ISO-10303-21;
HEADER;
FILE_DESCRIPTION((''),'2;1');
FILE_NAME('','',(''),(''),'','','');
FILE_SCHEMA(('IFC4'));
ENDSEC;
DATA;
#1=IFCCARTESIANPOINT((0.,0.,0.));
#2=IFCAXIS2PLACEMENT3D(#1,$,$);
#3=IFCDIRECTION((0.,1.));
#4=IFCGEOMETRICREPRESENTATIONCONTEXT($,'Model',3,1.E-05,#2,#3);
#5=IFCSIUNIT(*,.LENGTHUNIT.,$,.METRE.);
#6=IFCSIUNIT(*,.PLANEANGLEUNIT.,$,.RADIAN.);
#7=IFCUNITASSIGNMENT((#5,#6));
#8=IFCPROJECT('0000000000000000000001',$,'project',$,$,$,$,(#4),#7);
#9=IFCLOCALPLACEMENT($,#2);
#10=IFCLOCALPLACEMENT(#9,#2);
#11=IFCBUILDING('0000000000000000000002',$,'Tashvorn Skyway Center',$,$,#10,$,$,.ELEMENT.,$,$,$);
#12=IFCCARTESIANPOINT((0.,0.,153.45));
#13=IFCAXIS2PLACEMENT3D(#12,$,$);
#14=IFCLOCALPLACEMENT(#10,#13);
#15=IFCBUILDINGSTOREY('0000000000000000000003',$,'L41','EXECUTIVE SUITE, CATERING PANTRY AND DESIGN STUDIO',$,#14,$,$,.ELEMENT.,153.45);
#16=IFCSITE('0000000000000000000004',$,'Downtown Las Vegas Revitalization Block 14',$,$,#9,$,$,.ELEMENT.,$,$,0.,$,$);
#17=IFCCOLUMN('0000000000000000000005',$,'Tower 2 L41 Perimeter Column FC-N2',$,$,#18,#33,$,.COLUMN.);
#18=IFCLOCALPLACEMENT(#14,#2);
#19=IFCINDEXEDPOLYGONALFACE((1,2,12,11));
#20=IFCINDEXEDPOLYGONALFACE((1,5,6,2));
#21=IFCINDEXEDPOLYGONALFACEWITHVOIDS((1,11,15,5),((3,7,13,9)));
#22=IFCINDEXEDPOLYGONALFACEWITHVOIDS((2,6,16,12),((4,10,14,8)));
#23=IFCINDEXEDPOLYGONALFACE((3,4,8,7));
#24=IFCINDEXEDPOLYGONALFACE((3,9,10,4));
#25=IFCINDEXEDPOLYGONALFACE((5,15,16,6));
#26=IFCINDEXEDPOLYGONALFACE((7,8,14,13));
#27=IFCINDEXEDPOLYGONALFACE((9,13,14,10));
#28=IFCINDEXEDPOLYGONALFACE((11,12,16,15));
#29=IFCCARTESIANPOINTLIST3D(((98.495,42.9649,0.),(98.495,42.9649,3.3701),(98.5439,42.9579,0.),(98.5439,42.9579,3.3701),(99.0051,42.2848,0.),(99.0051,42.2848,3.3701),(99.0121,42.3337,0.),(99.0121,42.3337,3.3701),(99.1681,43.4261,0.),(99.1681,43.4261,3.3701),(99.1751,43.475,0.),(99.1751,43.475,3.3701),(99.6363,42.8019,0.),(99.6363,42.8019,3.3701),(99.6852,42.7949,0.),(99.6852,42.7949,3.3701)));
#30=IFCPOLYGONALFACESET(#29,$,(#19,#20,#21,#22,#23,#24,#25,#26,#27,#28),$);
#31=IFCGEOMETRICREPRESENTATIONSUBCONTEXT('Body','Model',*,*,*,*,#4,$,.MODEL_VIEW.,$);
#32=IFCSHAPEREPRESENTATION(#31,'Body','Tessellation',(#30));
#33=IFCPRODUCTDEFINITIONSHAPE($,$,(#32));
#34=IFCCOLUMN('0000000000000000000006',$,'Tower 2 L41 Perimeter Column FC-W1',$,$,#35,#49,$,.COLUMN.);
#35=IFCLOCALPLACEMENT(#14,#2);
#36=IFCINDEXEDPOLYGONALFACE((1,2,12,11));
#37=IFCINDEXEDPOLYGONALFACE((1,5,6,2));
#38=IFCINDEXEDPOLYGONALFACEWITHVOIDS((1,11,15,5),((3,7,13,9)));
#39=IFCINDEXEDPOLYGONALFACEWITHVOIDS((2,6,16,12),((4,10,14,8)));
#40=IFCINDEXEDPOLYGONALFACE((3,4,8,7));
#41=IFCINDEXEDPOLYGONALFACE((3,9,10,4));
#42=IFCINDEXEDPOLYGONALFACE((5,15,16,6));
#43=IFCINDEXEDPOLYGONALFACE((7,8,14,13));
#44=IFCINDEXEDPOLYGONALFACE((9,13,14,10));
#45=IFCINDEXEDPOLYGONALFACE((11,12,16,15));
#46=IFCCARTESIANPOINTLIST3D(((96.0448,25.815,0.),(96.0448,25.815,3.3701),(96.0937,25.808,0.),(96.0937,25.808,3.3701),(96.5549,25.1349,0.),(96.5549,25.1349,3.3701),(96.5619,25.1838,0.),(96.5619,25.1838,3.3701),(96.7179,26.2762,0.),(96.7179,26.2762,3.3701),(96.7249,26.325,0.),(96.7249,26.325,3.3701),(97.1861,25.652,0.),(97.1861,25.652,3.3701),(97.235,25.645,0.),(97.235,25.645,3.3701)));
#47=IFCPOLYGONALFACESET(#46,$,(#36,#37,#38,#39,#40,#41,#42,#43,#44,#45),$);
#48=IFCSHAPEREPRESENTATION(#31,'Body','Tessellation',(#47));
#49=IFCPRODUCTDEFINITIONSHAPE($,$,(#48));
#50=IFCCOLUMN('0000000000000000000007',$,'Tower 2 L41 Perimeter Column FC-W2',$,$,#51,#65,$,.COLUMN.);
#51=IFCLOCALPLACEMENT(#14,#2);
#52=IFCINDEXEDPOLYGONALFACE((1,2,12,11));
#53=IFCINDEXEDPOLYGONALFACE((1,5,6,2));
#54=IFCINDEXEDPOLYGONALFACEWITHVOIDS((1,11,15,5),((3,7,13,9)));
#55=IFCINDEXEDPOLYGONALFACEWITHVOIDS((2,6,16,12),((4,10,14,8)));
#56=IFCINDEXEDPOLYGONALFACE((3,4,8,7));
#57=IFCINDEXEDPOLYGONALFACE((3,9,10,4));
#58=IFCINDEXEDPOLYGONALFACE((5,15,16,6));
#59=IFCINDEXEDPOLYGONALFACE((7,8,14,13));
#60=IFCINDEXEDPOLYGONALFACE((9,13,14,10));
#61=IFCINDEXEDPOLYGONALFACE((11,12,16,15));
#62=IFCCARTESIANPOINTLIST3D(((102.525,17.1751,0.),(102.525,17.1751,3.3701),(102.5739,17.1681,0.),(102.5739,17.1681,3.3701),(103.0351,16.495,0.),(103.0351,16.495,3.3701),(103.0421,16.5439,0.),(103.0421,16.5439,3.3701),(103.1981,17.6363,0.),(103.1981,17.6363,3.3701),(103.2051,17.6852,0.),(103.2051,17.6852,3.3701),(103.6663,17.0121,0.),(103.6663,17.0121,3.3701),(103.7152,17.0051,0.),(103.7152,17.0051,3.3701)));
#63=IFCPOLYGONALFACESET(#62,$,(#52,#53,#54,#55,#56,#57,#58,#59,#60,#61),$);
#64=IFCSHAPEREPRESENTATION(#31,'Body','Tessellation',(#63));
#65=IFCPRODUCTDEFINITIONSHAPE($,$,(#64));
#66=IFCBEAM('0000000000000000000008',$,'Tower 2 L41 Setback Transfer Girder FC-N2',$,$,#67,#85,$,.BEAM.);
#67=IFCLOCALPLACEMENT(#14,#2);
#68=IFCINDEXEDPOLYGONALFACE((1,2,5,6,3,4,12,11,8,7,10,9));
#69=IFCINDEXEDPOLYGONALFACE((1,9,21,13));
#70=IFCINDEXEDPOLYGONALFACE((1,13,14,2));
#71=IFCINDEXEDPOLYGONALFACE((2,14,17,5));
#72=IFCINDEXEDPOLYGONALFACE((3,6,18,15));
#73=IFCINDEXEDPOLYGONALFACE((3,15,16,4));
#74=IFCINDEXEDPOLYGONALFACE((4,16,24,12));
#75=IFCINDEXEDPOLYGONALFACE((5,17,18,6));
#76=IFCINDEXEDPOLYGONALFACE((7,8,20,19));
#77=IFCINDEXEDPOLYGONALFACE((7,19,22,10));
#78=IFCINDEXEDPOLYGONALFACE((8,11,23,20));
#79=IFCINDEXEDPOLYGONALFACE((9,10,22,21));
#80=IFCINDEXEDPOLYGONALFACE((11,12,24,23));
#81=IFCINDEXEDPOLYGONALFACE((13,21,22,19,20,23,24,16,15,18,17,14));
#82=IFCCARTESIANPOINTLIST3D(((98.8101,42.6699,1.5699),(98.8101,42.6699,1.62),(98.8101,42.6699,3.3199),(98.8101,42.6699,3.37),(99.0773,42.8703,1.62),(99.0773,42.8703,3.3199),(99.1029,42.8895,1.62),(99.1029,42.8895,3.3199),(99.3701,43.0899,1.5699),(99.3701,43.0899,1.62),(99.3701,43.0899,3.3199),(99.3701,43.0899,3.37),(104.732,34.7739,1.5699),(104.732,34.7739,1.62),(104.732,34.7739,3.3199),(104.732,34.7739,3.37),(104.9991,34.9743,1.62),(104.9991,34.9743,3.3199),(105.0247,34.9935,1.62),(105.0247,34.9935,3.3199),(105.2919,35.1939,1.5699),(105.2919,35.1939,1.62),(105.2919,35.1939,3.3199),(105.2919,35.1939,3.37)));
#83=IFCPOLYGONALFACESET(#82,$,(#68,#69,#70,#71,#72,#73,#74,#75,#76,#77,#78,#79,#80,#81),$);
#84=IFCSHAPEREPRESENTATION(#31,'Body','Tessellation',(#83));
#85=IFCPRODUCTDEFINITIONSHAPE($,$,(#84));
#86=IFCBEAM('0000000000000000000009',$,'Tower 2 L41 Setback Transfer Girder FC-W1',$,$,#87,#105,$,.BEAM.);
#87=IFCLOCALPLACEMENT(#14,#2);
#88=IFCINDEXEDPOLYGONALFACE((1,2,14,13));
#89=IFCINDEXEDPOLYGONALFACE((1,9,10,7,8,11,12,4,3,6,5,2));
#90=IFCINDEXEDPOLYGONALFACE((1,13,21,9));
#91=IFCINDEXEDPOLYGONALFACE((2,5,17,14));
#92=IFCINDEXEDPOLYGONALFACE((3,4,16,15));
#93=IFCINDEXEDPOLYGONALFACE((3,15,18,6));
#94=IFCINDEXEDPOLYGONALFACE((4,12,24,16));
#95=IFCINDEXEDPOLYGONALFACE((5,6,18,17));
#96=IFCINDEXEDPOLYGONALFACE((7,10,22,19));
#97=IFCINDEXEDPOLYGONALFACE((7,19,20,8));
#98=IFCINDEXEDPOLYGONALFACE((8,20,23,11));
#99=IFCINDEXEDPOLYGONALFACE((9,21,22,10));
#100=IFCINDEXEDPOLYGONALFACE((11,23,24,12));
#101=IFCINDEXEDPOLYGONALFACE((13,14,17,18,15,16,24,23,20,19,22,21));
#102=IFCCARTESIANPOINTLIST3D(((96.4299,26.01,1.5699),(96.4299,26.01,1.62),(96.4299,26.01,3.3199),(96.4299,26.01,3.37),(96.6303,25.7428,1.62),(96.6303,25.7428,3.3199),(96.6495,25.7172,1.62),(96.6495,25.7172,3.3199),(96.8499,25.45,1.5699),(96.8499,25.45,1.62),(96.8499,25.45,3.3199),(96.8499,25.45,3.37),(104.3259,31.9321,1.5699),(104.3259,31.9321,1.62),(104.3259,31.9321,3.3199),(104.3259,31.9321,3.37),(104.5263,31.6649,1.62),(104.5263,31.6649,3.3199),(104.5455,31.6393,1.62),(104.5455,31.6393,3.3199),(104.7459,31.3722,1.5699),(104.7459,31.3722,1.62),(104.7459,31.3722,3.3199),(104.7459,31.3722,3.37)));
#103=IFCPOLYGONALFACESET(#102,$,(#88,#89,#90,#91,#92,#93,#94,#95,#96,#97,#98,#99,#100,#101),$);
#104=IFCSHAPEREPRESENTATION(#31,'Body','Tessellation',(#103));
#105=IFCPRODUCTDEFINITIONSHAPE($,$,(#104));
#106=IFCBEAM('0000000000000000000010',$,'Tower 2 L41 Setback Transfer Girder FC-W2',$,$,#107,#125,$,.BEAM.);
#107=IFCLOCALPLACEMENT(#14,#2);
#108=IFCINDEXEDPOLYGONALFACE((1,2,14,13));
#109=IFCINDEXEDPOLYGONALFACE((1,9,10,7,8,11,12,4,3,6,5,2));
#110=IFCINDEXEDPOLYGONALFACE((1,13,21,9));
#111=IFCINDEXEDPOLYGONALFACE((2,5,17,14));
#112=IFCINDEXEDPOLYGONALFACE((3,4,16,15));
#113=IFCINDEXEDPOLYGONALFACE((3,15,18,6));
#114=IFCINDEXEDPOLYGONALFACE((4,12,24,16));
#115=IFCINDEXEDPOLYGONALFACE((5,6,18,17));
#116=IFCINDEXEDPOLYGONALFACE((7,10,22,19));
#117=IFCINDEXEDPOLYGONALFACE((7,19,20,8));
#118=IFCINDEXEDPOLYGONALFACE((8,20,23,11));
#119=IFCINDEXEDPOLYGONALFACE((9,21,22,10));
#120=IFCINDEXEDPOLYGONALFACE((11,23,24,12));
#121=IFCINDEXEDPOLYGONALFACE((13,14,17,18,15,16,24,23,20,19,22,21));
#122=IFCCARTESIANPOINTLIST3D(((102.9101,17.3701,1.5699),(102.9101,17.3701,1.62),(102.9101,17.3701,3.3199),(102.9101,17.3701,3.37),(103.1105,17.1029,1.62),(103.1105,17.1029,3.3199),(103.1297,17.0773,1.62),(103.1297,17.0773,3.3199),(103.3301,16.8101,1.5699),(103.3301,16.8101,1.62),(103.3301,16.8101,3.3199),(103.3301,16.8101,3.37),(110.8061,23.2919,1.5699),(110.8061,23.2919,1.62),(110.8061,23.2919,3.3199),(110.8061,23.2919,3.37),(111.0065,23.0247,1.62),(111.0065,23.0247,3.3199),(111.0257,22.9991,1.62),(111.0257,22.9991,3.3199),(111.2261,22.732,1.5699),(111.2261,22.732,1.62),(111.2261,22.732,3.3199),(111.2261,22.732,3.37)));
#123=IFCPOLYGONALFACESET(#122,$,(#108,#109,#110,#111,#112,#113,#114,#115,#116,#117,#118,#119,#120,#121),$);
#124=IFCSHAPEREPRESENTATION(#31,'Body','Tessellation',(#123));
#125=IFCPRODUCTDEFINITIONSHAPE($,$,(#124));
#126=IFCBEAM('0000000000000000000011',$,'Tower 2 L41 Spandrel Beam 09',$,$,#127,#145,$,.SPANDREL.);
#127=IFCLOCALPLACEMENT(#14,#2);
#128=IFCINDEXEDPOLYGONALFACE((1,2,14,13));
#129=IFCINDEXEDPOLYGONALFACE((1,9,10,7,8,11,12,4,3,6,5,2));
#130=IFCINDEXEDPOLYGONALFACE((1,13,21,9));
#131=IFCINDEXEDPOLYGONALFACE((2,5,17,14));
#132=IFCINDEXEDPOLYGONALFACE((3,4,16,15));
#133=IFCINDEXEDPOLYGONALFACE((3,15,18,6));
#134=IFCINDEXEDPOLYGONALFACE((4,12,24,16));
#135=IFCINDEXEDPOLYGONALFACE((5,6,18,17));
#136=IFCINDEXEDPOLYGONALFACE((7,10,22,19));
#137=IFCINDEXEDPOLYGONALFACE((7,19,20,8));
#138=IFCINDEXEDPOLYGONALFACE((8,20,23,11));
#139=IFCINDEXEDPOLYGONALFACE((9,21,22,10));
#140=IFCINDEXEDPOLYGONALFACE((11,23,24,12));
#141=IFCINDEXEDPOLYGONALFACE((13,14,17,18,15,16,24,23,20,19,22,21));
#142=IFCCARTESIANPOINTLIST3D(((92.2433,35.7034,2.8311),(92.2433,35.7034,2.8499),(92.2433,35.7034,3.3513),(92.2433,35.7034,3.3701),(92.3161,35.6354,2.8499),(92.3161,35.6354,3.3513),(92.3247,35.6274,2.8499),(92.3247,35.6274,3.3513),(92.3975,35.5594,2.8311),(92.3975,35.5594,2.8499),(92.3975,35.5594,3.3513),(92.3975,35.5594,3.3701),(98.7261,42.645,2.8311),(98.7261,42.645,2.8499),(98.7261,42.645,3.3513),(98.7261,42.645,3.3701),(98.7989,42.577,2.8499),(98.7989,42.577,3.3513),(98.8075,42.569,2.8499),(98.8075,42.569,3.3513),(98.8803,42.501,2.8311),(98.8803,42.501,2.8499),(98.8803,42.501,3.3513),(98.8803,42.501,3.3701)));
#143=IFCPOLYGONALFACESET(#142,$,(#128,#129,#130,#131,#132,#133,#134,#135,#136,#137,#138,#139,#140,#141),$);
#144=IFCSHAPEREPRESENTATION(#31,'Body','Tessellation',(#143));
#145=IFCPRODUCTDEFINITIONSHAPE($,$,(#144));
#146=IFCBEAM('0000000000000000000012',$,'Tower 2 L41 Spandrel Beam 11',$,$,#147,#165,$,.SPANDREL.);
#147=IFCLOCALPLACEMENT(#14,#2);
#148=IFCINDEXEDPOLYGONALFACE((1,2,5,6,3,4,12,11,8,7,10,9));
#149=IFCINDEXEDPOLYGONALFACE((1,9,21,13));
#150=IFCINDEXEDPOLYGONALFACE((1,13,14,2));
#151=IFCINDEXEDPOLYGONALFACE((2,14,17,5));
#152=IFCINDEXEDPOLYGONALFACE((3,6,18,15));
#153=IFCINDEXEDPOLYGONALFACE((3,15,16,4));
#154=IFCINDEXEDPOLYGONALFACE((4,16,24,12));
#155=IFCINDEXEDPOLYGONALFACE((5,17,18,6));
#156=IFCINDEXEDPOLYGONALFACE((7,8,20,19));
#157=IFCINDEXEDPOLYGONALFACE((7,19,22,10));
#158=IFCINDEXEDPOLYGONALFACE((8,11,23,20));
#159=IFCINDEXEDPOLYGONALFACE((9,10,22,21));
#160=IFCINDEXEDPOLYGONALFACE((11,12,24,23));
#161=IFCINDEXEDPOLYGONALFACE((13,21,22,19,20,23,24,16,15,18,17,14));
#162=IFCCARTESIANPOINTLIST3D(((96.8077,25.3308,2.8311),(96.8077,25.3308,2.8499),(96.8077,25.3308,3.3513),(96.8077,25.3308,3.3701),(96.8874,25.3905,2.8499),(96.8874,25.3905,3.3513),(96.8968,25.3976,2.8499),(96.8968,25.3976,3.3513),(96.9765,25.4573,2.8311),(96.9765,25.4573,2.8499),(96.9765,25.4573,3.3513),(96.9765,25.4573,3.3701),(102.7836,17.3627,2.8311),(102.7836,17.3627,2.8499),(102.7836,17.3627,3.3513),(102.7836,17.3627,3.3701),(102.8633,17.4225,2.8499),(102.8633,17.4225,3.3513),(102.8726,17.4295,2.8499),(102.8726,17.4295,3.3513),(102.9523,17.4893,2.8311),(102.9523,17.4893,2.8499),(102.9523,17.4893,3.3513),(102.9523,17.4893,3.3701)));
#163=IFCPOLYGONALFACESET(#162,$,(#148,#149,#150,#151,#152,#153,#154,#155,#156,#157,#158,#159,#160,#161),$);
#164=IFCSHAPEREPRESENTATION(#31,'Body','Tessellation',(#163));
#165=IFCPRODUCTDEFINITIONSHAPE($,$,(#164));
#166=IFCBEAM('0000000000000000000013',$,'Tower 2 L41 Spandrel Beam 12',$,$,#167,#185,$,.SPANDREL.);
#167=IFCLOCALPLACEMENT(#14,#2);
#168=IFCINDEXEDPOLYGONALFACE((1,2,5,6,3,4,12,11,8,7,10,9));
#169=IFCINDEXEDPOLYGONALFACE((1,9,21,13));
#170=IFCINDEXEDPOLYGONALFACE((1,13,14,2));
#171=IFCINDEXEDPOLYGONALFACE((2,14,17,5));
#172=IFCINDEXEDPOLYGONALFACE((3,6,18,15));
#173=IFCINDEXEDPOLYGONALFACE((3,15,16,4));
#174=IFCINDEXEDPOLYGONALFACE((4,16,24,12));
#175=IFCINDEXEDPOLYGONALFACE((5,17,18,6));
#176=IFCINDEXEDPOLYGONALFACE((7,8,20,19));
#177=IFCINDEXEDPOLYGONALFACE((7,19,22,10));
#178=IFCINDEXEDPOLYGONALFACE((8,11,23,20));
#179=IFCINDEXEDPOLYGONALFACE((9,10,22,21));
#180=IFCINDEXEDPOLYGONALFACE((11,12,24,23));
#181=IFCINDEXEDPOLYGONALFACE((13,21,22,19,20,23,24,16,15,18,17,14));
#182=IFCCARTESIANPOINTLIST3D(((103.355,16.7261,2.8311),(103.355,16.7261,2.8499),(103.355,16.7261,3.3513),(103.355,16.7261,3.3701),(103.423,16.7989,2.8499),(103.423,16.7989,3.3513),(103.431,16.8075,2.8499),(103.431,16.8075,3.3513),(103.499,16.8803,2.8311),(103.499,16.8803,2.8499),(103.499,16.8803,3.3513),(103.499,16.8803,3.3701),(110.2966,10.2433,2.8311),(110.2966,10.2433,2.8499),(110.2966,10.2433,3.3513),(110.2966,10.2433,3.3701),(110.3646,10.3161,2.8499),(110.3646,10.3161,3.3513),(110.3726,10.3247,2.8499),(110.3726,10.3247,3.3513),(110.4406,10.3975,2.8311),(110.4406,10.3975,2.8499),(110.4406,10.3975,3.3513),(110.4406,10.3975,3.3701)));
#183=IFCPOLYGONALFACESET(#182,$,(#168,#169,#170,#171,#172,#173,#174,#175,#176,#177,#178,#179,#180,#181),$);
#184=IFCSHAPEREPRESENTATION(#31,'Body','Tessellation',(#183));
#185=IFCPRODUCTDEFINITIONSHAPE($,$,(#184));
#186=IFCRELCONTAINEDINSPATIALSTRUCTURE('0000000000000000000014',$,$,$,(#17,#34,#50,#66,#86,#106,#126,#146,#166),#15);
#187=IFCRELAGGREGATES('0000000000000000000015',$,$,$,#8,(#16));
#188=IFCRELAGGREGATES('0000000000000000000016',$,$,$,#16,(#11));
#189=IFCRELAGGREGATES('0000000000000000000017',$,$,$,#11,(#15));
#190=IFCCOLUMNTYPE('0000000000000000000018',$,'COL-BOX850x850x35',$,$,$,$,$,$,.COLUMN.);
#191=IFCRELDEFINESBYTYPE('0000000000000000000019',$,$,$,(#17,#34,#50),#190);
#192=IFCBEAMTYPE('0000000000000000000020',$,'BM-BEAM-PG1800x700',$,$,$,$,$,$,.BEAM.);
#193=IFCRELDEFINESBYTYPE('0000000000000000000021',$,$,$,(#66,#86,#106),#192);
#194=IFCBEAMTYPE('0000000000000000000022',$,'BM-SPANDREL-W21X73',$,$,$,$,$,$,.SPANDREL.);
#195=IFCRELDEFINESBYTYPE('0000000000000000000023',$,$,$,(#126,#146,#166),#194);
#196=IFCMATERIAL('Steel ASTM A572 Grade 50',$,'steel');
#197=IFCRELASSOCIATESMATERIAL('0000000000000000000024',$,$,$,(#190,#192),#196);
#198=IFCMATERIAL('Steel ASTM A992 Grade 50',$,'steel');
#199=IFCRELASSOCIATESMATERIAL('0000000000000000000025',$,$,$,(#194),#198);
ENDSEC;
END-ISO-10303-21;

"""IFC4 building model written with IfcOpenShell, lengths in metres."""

from ifc_helpers import new_model, si_unit, direction, frame, origin, origin_2d, place, context, subcontext, project, spatial, hollow_rectangle, i_section, extrude, material, material_profile, profile_set, type_object, element, save


model = new_model("IFC4")

# Units and contexts
model_context = context("Model", 3, precision=1e-05, world=origin(), true_north=direction((0.0, 1.0)))
body_context = subcontext(model_context, "Body", "Model", "MODEL_VIEW")
ifc_project = project(units=[si_unit("LENGTHUNIT", "METRE"), si_unit("PLANEANGLEUNIT", "RADIAN")], contexts=[model_context])

# Site, building, storey
site_placement = place(None, origin())
site = spatial("IfcSite", under=ifc_project, at=site_placement, Name="Downtown Las Vegas Revitalization Block 14", CompositionType="ELEMENT", RefElevation=0.0)
building_placement = place(site_placement, origin())
building = spatial("IfcBuilding", under=site, at=building_placement, Name="Tashvorn Skyway Center", CompositionType="ELEMENT")
storey_placement = place(building_placement, frame((0.0, 0.0, 153.45)))
storey = spatial("IfcBuildingStorey", under=building, at=storey_placement, Name="L41", Description="EXECUTIVE SUITE, CATERING PANTRY AND DESIGN STUDIO", CompositionType="ELEMENT", Elevation=153.45)

# Columns
ifc_material_1 = material(Name="Steel ASTM A572 Grade 50", Category="steel")
ifc_material_profile_1 = material_profile(ifc_material_1, hollow_rectangle(XDim=0.8501, YDim=0.8501, WallThickness=0.0349, at=origin_2d()), Name="BOX850x850x35")
ifc_profile_set_1 = profile_set([ifc_material_profile_1], Name="Steel ASTM A572 Grade 50")
column_type = type_object("IfcColumnType", Name="COL-BOX850x850x35", PredefinedType="COLUMN", material=ifc_profile_set_1)
for number, where, z_axis, x_axis, name in (
    (1, (99.0901, 42.8799, 0.0), (0.0, 0.0, 1.0), (0.8, 0.6, 0.0), "Tower 2 L41 Perimeter Column FC-N2"),
    (2, (96.6399, 25.73, 0.0), (0.0, 0.0, 1.0), (0.8, 0.6, 0.0), "Tower 2 L41 Perimeter Column FC-W1"),
    (3, (103.1201, 17.0901, 0.0), (0.0, 0.0, 1.0), (0.8, 0.6, 0.0), "Tower 2 L41 Perimeter Column FC-W2"),
):
    element("IfcColumn", number, at=place(storey_placement, frame(where, z_axis=z_axis, x_axis=x_axis)), inside=storey, type_object=column_type, Name=name, PredefinedType="COLUMN", context=body_context, shape_type="SweptSolid", body=[
        extrude(hollow_rectangle(XDim=0.8501, YDim=0.8501, WallThickness=0.0349, at=origin_2d()), origin(), (0.0, 0.0, 1.0), 3.3701),
    ])

# Beams
ifc_material_profile_2 = material_profile(ifc_material_1, i_section(OverallWidth=0.7, OverallDepth=1.8, WebThickness=0.032, FlangeThickness=0.05, at=origin_2d()), Name="PG1800x700")
ifc_profile_set_2 = profile_set([ifc_material_profile_2], Name="Steel ASTM A572 Grade 50")
beam_type_1 = type_object("IfcBeamType", Name="BM-BEAM-PG1800x700", PredefinedType="BEAM", material=ifc_profile_set_2)
beam_1_placement = place(storey_placement, frame((99.0901, 42.8799, 2.47), z_axis=(0.599992, -0.800006, 0.0), x_axis=(0.800006, 0.599992, 0.0)))
element("IfcBeam", 4, at=beam_1_placement, inside=storey, type_object=beam_type_1, Name="Tower 2 L41 Setback Transfer Girder FC-N2", PredefinedType="BEAM", context=body_context, shape_type="SweptSolid", body=[
    extrude(i_section(OverallWidth=0.7, OverallDepth=1.8, WebThickness=0.032, FlangeThickness=0.05, at=origin_2d()), origin(), (0.0, 0.0, 1.0), 9.8699),
])
beam_2_placement = place(storey_placement, frame((96.6399, 25.73, 2.47), z_axis=(0.799994, 0.600008, 0.0), x_axis=(-0.600008, 0.799994, 0.0)))
element("IfcBeam", 5, at=beam_2_placement, inside=storey, type_object=beam_type_1, Name="Tower 2 L41 Setback Transfer Girder FC-W1", PredefinedType="BEAM", context=body_context, shape_type="SweptSolid", body=[
    extrude(i_section(OverallWidth=0.7, OverallDepth=1.8, WebThickness=0.032, FlangeThickness=0.05, at=origin_2d()), origin(), (0.0, 0.0, 1.0), 9.8701),
])
beam_3_placement = place(storey_placement, frame((103.1201, 17.0901, 2.47), z_axis=(0.800006, 0.599992, 0.0), x_axis=(-0.599992, 0.800006, 0.0)))
element("IfcBeam", 6, at=beam_3_placement, inside=storey, type_object=beam_type_1, Name="Tower 2 L41 Setback Transfer Girder FC-W2", PredefinedType="BEAM", context=body_context, shape_type="SweptSolid", body=[
    extrude(i_section(OverallWidth=0.7, OverallDepth=1.8, WebThickness=0.032, FlangeThickness=0.05, at=origin_2d()), origin(), (0.0, 0.0, 1.0), 9.8699),
])
ifc_material_2 = material(Name="Steel ASTM A992 Grade 50", Category="steel")
ifc_material_profile_3 = material_profile(ifc_material_2, i_section(OverallWidth=0.2109, OverallDepth=0.5391, WebThickness=0.0117, FlangeThickness=0.0188, at=origin_2d()), Name="W21X73")
ifc_profile_set_3 = profile_set([ifc_material_profile_3], Name="Steel ASTM A992 Grade 50")
beam_type_2 = type_object("IfcBeamType", Name="BM-SPANDREL-W21X73", PredefinedType="SPANDREL", material=ifc_profile_set_3)
beam_4_placement = place(storey_placement, frame((98.8032, 42.573, 3.1006), z_axis=(-0.682545, -0.730843, 0.0), x_axis=(0.730843, -0.682545, 0.0)))
element("IfcBeam", 7, at=beam_4_placement, inside=storey, type_object=beam_type_2, Name="Tower 2 L41 Spandrel Beam 09", PredefinedType="SPANDREL", context=body_context, shape_type="SweptSolid", body=[
    extrude(i_section(OverallWidth=0.2109, OverallDepth=0.5391, WebThickness=0.0117, FlangeThickness=0.0188, at=origin_2d()), origin(), (0.0, 0.0, 1.0), 9.498),
])
beam_5_placement = place(storey_placement, frame((96.8921, 25.394, 3.1006), z_axis=(0.599988, -0.800009, 0.0), x_axis=(0.800009, 0.599988, 0.0)))
element("IfcBeam", 8, at=beam_5_placement, inside=storey, type_object=beam_type_2, Name="Tower 2 L41 Spandrel Beam 11", PredefinedType="SPANDREL", context=body_context, shape_type="SweptSolid", body=[
    extrude(i_section(OverallWidth=0.2109, OverallDepth=0.5391, WebThickness=0.0117, FlangeThickness=0.0188, at=origin_2d()), origin(), (0.0, 0.0, 1.0), 9.96),
])
beam_6_placement = place(storey_placement, frame((103.427, 16.8032, 3.1006), z_axis=(0.730843, -0.682545, 0.0), x_axis=(0.682545, 0.730843, 0.0)))
element("IfcBeam", 9, at=beam_6_placement, inside=storey, type_object=beam_type_2, Name="Tower 2 L41 Spandrel Beam 12", PredefinedType="SPANDREL", context=body_context, shape_type="SweptSolid", body=[
    extrude(i_section(OverallWidth=0.2109, OverallDepth=0.5391, WebThickness=0.0117, FlangeThickness=0.0188, at=origin_2d()), origin(), (0.0, 0.0, 1.0), 9.498),
])

save(model, "model.ifc")
